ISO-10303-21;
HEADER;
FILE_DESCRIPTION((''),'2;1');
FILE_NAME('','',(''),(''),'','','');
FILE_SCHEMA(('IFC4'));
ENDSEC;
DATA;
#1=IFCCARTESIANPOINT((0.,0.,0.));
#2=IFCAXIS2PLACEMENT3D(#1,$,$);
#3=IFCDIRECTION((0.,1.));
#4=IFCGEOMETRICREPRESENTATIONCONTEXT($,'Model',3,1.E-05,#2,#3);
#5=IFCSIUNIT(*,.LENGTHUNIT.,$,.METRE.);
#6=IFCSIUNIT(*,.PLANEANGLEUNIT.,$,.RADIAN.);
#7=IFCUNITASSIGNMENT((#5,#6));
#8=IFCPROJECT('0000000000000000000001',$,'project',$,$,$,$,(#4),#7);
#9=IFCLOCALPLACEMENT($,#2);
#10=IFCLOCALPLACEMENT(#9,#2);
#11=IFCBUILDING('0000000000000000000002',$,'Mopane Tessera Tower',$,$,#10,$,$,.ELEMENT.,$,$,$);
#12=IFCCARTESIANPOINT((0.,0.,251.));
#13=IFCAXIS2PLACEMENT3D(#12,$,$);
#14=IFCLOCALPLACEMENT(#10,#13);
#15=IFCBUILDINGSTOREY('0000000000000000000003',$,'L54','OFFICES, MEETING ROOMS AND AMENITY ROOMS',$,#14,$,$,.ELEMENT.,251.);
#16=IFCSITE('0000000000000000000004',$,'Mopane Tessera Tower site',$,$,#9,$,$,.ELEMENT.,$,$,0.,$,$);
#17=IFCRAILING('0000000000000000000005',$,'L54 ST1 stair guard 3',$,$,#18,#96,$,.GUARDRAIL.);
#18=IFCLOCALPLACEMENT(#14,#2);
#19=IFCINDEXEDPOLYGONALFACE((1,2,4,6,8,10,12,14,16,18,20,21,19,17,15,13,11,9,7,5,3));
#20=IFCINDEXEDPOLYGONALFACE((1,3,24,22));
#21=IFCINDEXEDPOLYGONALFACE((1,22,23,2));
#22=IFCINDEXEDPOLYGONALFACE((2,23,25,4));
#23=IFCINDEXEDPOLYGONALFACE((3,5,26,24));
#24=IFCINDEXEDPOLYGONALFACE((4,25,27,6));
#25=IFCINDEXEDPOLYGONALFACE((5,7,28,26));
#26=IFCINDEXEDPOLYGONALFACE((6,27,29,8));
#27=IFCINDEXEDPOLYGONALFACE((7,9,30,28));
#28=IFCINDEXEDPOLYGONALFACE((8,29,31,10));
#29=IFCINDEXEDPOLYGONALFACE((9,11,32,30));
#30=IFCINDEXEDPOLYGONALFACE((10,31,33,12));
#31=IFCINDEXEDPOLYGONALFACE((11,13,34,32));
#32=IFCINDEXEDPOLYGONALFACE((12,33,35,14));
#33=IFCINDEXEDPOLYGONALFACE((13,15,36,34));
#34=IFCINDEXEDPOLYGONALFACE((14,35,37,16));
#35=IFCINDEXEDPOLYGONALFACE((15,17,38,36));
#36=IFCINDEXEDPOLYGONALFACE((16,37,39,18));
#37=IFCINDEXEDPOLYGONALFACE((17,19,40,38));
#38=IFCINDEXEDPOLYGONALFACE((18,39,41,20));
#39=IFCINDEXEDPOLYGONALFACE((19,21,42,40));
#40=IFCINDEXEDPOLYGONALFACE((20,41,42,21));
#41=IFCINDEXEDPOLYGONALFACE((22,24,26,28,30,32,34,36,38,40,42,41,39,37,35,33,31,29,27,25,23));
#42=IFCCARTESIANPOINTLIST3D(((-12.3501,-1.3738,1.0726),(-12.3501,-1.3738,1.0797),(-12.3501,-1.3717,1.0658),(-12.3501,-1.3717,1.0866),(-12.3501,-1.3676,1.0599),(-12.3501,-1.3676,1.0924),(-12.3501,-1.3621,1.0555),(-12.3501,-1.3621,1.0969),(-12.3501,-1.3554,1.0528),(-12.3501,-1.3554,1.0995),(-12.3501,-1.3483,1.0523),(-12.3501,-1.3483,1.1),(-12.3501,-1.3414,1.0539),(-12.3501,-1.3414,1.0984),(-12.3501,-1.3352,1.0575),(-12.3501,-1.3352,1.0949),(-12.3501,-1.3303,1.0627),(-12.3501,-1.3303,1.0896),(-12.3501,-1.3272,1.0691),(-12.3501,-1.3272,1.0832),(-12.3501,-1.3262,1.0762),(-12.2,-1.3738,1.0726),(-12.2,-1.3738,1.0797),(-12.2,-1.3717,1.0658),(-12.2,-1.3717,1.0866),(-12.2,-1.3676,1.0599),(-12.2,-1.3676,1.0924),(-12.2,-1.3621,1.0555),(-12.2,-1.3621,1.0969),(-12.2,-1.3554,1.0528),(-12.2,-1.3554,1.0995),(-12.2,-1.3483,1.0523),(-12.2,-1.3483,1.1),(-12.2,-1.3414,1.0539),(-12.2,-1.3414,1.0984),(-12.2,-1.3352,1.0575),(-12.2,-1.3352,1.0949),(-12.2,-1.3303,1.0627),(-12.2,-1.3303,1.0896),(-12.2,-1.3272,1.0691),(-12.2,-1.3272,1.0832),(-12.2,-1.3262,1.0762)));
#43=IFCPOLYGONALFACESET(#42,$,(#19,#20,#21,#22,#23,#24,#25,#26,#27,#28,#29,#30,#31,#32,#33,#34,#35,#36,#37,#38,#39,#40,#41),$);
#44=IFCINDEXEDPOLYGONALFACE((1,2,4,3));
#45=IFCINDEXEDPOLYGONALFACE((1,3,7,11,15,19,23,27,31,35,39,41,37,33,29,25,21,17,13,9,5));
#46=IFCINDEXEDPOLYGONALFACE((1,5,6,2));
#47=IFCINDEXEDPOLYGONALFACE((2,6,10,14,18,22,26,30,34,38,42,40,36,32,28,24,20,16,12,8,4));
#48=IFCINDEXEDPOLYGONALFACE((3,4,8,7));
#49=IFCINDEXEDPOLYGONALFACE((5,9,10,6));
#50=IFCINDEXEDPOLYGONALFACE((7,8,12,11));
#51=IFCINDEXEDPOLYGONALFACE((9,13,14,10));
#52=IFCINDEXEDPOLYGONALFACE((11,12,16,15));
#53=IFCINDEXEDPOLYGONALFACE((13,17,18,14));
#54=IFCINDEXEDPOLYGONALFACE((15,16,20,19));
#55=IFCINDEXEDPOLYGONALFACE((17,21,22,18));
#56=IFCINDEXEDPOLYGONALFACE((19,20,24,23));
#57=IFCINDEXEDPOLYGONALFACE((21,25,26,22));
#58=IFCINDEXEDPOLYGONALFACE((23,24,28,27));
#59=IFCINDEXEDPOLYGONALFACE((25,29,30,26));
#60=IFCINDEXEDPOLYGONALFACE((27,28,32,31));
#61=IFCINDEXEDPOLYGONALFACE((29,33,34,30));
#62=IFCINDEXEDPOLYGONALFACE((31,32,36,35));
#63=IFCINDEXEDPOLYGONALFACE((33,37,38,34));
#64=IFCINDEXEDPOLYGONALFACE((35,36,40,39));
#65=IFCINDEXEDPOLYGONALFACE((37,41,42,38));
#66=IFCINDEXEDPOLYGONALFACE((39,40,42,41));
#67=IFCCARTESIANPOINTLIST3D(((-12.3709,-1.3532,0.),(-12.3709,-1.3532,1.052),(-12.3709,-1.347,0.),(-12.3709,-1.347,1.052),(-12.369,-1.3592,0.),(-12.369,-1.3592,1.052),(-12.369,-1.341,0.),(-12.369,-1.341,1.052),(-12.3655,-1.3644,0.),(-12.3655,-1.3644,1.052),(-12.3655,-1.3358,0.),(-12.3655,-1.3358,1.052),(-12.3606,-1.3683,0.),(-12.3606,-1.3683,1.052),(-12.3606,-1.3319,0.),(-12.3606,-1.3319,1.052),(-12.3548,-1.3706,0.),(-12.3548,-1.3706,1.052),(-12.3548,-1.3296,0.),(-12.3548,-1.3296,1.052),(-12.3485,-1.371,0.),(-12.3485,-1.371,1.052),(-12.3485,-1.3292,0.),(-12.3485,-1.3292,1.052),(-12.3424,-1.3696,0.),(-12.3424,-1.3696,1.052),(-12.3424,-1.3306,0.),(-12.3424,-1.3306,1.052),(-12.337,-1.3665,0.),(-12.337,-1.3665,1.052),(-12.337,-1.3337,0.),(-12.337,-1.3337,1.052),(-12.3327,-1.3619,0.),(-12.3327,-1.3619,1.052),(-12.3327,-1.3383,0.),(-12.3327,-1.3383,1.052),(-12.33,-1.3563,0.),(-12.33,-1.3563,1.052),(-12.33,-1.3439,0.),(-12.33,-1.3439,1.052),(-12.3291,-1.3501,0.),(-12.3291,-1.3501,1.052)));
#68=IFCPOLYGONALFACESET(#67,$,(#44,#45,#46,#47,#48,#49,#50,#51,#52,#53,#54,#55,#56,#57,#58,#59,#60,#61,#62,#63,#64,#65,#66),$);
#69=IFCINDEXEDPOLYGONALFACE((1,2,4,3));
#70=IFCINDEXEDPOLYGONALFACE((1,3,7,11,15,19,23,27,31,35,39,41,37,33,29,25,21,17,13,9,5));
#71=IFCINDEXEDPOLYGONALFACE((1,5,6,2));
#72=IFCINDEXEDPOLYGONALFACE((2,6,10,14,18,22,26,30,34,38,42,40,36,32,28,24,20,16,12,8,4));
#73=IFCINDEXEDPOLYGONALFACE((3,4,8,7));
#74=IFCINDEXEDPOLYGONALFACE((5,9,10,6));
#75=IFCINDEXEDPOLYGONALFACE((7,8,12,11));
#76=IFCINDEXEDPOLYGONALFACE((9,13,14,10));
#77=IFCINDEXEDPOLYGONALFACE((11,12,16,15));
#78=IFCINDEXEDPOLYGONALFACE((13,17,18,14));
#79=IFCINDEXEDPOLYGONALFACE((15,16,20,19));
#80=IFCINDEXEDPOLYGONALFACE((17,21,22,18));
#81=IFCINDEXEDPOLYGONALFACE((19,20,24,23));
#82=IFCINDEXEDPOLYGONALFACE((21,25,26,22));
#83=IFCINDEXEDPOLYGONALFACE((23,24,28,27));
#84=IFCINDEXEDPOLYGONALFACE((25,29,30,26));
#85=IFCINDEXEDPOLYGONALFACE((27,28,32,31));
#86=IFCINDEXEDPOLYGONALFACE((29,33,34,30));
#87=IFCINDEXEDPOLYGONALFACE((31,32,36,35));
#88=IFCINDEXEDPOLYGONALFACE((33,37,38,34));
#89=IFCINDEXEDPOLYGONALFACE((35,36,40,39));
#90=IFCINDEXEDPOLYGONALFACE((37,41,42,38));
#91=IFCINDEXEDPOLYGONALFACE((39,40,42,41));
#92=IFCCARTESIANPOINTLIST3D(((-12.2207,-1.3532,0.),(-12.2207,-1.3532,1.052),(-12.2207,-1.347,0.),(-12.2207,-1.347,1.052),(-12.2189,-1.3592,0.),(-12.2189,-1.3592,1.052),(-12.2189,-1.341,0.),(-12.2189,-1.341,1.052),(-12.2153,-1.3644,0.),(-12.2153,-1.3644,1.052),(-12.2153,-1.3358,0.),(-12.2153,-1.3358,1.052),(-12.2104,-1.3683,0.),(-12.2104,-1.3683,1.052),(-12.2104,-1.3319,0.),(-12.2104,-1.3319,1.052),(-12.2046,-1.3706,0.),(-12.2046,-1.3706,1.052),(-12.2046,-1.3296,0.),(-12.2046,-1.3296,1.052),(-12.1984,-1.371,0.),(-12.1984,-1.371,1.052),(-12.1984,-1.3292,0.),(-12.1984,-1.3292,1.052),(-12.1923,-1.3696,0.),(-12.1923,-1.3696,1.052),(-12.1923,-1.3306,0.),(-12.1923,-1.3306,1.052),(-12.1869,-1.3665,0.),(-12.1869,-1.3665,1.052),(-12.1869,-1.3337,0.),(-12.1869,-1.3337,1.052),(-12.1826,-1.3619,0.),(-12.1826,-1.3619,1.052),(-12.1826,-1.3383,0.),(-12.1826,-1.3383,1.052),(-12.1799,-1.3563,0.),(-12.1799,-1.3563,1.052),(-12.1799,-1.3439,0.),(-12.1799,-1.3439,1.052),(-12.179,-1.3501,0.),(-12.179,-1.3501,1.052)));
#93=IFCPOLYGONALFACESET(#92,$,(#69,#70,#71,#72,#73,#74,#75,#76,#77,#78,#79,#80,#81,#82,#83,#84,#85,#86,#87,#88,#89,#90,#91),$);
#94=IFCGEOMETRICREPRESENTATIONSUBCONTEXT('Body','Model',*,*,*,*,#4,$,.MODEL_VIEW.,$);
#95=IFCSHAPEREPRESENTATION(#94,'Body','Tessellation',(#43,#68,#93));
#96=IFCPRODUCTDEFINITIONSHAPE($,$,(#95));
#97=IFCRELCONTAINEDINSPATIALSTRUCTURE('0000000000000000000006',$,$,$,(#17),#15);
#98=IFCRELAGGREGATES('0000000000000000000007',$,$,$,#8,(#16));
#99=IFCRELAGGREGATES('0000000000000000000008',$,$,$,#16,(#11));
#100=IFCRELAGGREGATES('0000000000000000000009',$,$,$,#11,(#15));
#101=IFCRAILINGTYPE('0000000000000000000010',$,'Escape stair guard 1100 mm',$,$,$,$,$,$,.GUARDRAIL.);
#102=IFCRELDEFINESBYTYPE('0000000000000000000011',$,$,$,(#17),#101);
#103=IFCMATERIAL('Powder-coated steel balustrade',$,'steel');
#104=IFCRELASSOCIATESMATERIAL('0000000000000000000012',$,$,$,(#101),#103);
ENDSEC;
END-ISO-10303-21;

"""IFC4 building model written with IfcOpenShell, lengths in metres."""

from ifc_helpers import new_model, si_unit, direction, frame, origin, origin_2d, place, context, subcontext, project, spatial, circle, extrude, material, type_object, element, save


model = new_model("IFC4")

# Units and contexts
model_context = context("Model", 3, precision=1e-05, world=origin(), true_north=direction((0.0, 1.0)))
body_context = subcontext(model_context, "Body", "Model", "MODEL_VIEW")
ifc_project = project(units=[si_unit("LENGTHUNIT", "METRE"), si_unit("PLANEANGLEUNIT", "RADIAN")], contexts=[model_context])

# Site, building, storey
site_placement = place(None, origin())
site = spatial("IfcSite", under=ifc_project, at=site_placement, Name="Mopane Tessera Tower site", CompositionType="ELEMENT", RefElevation=0.0)
building_placement = place(site_placement, origin())
building = spatial("IfcBuilding", under=site, at=building_placement, Name="Mopane Tessera Tower", CompositionType="ELEMENT")
storey_placement = place(building_placement, frame((0.0, 0.0, 251.0)))
storey = spatial("IfcBuildingStorey", under=building, at=storey_placement, Name="L54", Description="OFFICES, MEETING ROOMS AND AMENITY ROOMS", CompositionType="ELEMENT", Elevation=251.0)

# Railing
ifc_material_1 = material(Name="Powder-coated steel balustrade", Category="steel")
railing_type_1 = type_object("IfcRailingType", Name="Escape stair guard 1100 mm", PredefinedType="GUARDRAIL", material=ifc_material_1)
railing_1_placement = place(storey_placement, frame((-12.3501, -1.3501, 0.0)))
element("IfcRailing", 1, at=railing_1_placement, inside=storey, type_object=railing_type_1, Name="L54 ST1 stair guard 3", PredefinedType="GUARDRAIL", context=body_context, shape_type="SweptSolid", body=[
    extrude(circle(Radius=0.0239, at=origin_2d()), frame((0.0, 0.0, 1.0762), z_axis=(1.0, 0.0, 0.0), x_axis=(0.0, 1.0, 0.0)), (0.0, 0.0, 1.0), 0.1501),
    extrude(circle(Radius=0.021, at=origin_2d()), origin(), (0.0, 0.0, 1.0), 1.052),
    extrude(circle(Radius=0.021, at=origin_2d()), frame((0.1501, 0.0, 0.0)), (0.0, 0.0, 1.0), 1.052),
])

save(model, "model.ifc")
